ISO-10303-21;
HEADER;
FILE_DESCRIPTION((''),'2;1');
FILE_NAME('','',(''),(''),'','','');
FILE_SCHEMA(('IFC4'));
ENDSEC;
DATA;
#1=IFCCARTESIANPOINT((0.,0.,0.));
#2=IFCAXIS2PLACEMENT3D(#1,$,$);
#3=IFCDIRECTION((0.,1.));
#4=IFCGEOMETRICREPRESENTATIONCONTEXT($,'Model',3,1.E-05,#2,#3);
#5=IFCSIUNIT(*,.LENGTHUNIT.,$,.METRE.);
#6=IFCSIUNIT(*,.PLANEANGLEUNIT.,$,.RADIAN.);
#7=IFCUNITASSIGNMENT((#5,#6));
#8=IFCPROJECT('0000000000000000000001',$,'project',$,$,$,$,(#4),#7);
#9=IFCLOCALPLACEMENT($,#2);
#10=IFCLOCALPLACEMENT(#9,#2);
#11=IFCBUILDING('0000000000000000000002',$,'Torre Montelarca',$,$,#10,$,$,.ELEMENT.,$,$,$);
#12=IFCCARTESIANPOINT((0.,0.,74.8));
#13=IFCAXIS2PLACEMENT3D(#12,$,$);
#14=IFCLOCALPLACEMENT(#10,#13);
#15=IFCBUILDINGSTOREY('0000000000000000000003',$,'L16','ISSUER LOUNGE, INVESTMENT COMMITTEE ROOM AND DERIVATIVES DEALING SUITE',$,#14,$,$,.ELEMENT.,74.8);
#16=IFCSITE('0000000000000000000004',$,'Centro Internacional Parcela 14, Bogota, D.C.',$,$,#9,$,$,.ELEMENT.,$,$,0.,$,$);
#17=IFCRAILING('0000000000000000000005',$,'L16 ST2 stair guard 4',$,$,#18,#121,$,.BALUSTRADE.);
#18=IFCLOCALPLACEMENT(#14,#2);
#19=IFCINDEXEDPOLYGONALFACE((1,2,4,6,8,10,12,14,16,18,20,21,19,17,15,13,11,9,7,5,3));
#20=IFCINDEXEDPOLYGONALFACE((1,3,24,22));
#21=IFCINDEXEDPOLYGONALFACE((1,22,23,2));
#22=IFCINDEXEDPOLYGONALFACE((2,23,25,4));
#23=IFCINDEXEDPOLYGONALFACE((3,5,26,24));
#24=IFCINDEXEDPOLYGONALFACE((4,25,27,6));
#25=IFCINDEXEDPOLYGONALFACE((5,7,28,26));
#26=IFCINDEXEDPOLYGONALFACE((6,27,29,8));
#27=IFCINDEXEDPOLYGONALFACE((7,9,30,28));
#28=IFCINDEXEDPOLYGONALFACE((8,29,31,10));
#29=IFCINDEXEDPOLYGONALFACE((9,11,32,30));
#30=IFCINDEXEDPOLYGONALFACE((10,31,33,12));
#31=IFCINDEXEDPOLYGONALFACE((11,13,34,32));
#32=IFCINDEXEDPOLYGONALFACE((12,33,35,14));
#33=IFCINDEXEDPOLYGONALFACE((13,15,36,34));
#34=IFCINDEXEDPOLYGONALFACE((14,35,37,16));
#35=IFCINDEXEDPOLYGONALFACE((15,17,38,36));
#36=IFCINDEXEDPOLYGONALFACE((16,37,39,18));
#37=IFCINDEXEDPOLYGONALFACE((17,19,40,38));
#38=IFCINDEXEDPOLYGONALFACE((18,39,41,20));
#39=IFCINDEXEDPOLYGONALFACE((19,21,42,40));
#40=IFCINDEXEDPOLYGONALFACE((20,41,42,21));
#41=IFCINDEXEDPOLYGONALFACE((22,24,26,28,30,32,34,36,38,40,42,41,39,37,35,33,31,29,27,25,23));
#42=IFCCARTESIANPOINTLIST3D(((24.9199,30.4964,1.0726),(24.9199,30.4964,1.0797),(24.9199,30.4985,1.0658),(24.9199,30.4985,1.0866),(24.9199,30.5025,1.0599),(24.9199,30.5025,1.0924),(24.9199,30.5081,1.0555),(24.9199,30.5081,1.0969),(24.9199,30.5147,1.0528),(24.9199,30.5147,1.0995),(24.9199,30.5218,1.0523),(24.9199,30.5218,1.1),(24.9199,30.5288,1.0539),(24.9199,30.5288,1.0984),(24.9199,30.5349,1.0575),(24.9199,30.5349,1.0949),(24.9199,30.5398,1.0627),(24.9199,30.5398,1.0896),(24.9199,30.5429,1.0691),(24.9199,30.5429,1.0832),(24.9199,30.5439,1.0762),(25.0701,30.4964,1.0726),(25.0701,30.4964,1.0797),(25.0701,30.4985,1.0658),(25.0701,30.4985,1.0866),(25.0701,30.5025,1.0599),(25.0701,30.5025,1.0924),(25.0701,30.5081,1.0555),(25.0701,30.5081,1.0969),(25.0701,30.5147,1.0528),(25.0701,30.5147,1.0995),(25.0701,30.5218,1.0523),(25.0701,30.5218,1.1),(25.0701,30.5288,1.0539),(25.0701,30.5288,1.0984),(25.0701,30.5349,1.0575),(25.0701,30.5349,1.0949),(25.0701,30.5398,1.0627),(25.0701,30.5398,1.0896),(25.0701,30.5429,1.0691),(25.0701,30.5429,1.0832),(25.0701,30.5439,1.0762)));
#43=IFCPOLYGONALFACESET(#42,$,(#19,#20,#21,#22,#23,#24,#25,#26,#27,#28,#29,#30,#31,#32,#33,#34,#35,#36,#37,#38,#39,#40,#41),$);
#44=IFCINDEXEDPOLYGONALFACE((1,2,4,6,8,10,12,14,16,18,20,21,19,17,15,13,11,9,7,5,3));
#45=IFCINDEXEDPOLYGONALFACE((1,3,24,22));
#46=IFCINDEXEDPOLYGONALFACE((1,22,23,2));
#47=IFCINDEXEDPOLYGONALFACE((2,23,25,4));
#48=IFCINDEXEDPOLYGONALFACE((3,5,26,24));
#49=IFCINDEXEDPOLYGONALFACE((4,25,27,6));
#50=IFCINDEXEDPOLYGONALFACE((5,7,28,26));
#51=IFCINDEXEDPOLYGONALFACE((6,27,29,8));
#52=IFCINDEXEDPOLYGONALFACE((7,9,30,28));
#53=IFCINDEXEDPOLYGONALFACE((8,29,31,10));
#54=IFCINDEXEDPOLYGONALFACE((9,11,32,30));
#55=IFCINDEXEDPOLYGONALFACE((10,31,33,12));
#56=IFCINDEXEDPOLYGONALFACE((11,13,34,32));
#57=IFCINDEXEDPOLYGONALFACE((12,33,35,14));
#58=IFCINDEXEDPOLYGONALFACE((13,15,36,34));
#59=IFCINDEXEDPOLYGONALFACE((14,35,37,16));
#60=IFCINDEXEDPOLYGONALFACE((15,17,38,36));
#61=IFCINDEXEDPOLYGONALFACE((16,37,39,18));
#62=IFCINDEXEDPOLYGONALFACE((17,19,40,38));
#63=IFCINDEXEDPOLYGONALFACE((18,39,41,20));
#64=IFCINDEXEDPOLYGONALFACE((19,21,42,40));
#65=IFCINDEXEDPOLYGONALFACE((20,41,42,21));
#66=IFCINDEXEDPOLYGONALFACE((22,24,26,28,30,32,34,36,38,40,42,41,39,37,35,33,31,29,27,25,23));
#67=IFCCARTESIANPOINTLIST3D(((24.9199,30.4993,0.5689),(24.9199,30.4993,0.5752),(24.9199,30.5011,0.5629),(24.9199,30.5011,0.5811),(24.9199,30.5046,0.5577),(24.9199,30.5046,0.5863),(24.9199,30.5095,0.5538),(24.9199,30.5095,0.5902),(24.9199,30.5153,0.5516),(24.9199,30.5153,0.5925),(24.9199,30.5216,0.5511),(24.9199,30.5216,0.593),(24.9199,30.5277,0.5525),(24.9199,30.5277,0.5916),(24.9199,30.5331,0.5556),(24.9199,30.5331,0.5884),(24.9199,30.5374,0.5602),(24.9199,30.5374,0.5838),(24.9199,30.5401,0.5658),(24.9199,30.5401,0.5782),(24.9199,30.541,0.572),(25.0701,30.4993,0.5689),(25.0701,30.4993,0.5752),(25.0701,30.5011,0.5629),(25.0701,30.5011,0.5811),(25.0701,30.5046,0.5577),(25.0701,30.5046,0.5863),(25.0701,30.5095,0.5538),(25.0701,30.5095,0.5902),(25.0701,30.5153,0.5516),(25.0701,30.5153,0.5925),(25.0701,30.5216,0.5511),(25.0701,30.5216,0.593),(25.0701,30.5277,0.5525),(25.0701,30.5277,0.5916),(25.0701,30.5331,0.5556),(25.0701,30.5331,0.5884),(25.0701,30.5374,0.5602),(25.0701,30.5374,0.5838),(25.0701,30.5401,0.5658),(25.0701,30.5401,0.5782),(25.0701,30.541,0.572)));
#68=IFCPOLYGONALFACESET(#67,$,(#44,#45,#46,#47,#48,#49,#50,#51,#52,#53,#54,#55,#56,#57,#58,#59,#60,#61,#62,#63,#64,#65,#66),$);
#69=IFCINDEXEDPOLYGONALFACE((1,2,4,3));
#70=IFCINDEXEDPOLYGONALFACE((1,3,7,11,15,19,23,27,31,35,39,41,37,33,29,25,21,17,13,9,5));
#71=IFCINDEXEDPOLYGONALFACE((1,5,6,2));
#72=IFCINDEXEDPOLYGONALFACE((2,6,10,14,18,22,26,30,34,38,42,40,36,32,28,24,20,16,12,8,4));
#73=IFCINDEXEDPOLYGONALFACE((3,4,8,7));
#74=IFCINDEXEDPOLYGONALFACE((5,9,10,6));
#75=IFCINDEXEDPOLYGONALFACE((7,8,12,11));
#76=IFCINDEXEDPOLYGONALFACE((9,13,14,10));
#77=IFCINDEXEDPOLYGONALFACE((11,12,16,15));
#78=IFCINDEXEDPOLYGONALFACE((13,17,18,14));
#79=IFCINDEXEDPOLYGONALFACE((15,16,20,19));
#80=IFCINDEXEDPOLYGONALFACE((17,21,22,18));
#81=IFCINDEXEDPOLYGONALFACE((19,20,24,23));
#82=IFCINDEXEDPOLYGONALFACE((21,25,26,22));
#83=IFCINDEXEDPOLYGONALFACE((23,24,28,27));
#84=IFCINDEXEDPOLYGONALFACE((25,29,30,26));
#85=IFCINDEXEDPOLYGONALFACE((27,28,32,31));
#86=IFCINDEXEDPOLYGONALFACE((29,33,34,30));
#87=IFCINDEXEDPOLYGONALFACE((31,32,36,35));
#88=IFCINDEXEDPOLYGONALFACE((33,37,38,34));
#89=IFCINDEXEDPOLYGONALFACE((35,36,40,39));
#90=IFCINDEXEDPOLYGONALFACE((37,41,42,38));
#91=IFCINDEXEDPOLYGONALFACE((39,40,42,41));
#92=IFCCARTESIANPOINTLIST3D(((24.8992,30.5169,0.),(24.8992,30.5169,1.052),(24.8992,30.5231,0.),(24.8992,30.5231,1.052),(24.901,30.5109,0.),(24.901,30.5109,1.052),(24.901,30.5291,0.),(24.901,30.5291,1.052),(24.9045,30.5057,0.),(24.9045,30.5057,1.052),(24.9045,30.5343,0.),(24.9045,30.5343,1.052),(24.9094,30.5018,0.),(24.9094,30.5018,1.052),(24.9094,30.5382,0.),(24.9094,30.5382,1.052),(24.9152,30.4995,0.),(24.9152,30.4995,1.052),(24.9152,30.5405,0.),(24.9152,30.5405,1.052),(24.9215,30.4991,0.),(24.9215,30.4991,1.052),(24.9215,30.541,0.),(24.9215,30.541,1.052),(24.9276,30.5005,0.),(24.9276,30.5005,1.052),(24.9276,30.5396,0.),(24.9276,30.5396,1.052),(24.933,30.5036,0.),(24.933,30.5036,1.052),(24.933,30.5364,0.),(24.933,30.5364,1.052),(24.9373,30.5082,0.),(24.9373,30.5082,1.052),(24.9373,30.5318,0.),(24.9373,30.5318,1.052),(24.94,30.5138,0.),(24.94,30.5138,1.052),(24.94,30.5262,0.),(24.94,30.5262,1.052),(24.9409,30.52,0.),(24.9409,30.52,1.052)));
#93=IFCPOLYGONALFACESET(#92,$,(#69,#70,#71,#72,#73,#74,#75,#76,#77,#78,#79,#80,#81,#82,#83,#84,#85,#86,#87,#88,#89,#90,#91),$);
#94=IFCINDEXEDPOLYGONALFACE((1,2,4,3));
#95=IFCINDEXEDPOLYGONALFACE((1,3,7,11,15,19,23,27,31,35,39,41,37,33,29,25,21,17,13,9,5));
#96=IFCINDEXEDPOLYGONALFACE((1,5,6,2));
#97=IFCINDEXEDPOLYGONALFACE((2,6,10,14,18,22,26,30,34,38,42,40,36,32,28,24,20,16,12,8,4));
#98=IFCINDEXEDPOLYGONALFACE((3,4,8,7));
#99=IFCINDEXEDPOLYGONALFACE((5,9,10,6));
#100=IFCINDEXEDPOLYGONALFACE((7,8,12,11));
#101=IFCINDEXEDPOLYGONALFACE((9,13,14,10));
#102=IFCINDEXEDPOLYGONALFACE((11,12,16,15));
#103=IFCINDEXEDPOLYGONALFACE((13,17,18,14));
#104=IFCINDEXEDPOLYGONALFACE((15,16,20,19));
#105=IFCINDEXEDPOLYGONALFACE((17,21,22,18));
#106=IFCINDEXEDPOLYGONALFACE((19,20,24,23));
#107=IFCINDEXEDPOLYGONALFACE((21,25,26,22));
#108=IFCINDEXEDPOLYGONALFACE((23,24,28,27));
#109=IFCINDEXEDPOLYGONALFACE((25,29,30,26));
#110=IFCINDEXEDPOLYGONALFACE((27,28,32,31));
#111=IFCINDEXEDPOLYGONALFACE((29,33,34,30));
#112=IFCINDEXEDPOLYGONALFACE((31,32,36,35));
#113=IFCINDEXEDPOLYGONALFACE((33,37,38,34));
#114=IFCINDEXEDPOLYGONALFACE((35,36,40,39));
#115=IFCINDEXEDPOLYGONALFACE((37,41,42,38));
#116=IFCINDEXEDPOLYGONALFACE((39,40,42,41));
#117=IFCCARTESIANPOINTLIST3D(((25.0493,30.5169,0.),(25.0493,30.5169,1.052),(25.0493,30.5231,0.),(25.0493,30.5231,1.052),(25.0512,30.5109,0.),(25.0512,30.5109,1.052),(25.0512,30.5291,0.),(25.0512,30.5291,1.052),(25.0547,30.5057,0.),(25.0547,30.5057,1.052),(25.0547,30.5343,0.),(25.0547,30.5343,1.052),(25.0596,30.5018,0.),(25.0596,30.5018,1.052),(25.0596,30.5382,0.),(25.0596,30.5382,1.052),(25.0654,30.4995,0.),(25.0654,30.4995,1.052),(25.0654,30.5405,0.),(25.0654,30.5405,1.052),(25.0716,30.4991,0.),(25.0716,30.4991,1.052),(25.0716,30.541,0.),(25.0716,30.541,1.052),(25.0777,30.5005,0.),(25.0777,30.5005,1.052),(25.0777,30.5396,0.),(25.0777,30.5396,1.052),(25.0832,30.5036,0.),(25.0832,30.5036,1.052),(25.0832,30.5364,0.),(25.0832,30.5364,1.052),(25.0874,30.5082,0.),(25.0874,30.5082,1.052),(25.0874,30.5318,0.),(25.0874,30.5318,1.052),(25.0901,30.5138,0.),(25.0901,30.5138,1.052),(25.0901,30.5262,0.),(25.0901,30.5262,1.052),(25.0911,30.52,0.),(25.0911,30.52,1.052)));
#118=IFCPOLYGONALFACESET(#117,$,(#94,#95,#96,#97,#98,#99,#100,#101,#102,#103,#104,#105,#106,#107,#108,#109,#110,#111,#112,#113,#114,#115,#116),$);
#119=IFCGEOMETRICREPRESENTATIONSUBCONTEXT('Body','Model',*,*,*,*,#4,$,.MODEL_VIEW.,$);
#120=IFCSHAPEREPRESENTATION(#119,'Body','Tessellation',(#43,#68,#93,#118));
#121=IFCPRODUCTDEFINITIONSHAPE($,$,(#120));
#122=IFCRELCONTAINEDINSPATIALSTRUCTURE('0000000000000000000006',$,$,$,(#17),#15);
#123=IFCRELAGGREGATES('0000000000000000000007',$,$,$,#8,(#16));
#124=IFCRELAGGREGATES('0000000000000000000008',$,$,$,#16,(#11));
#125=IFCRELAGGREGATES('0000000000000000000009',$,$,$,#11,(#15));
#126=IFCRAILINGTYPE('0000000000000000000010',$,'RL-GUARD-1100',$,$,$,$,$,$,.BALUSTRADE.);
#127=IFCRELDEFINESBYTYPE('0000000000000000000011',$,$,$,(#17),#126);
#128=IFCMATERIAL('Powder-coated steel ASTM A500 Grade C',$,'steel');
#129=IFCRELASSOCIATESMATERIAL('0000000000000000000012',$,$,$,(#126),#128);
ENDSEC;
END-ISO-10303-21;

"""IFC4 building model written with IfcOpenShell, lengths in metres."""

from ifc_helpers import new_model, si_unit, direction, frame, origin, origin_2d, place, context, subcontext, project, spatial, circle, extrude, material, type_object, element, save


model = new_model("IFC4")

# Units and contexts
model_context = context("Model", 3, precision=1e-05, world=origin(), true_north=direction((0.0, 1.0)))
body_context = subcontext(model_context, "Body", "Model", "MODEL_VIEW")
ifc_project = project(units=[si_unit("LENGTHUNIT", "METRE"), si_unit("PLANEANGLEUNIT", "RADIAN")], contexts=[model_context])

# Site, building, storey
site_placement = place(None, origin())
site = spatial("IfcSite", under=ifc_project, at=site_placement, Name="Centro Internacional Parcela 14, Bogota, D.C.", CompositionType="ELEMENT", RefElevation=0.0)
building_placement = place(site_placement, origin())
building = spatial("IfcBuilding", under=site, at=building_placement, Name="Torre Montelarca", CompositionType="ELEMENT")
storey_placement = place(building_placement, frame((0.0, 0.0, 74.8)))
storey = spatial("IfcBuildingStorey", under=building, at=storey_placement, Name="L16", Description="ISSUER LOUNGE, INVESTMENT COMMITTEE ROOM AND DERIVATIVES DEALING SUITE", CompositionType="ELEMENT", Elevation=74.8)

# Railing
ifc_material_1 = material(Name="Powder-coated steel ASTM A500 Grade C", Category="steel")
railing_type_1 = type_object("IfcRailingType", Name="RL-GUARD-1100", PredefinedType="BALUSTRADE", material=ifc_material_1)
railing_1_placement = place(storey_placement, frame((24.9199, 30.52, 0.0)))
element("IfcRailing", 1, at=railing_1_placement, inside=storey, type_object=railing_type_1, Name="L16 ST2 stair guard 4", PredefinedType="BALUSTRADE", context=body_context, shape_type="SweptSolid", body=[
    extrude(circle(Radius=0.0239, at=origin_2d()), frame((0.0, 0.0, 1.0762), z_axis=(1.0, 0.0, 0.0), x_axis=(0.0, 1.0, 0.0)), (0.0, 0.0, 1.0), 0.1501),
    extrude(circle(Radius=0.021, at=origin_2d()), frame((0.0, 0.0, 0.572), z_axis=(1.0, 0.0, 0.0), x_axis=(0.0, 1.0, 0.0)), (0.0, 0.0, 1.0), 0.1501),
    extrude(circle(Radius=0.021, at=origin_2d()), origin(), (0.0, 0.0, 1.0), 1.052),
    extrude(circle(Radius=0.021, at=origin_2d()), frame((0.1501, 0.0, 0.0)), (0.0, 0.0, 1.0), 1.052),
])

save(model, "model.ifc")
